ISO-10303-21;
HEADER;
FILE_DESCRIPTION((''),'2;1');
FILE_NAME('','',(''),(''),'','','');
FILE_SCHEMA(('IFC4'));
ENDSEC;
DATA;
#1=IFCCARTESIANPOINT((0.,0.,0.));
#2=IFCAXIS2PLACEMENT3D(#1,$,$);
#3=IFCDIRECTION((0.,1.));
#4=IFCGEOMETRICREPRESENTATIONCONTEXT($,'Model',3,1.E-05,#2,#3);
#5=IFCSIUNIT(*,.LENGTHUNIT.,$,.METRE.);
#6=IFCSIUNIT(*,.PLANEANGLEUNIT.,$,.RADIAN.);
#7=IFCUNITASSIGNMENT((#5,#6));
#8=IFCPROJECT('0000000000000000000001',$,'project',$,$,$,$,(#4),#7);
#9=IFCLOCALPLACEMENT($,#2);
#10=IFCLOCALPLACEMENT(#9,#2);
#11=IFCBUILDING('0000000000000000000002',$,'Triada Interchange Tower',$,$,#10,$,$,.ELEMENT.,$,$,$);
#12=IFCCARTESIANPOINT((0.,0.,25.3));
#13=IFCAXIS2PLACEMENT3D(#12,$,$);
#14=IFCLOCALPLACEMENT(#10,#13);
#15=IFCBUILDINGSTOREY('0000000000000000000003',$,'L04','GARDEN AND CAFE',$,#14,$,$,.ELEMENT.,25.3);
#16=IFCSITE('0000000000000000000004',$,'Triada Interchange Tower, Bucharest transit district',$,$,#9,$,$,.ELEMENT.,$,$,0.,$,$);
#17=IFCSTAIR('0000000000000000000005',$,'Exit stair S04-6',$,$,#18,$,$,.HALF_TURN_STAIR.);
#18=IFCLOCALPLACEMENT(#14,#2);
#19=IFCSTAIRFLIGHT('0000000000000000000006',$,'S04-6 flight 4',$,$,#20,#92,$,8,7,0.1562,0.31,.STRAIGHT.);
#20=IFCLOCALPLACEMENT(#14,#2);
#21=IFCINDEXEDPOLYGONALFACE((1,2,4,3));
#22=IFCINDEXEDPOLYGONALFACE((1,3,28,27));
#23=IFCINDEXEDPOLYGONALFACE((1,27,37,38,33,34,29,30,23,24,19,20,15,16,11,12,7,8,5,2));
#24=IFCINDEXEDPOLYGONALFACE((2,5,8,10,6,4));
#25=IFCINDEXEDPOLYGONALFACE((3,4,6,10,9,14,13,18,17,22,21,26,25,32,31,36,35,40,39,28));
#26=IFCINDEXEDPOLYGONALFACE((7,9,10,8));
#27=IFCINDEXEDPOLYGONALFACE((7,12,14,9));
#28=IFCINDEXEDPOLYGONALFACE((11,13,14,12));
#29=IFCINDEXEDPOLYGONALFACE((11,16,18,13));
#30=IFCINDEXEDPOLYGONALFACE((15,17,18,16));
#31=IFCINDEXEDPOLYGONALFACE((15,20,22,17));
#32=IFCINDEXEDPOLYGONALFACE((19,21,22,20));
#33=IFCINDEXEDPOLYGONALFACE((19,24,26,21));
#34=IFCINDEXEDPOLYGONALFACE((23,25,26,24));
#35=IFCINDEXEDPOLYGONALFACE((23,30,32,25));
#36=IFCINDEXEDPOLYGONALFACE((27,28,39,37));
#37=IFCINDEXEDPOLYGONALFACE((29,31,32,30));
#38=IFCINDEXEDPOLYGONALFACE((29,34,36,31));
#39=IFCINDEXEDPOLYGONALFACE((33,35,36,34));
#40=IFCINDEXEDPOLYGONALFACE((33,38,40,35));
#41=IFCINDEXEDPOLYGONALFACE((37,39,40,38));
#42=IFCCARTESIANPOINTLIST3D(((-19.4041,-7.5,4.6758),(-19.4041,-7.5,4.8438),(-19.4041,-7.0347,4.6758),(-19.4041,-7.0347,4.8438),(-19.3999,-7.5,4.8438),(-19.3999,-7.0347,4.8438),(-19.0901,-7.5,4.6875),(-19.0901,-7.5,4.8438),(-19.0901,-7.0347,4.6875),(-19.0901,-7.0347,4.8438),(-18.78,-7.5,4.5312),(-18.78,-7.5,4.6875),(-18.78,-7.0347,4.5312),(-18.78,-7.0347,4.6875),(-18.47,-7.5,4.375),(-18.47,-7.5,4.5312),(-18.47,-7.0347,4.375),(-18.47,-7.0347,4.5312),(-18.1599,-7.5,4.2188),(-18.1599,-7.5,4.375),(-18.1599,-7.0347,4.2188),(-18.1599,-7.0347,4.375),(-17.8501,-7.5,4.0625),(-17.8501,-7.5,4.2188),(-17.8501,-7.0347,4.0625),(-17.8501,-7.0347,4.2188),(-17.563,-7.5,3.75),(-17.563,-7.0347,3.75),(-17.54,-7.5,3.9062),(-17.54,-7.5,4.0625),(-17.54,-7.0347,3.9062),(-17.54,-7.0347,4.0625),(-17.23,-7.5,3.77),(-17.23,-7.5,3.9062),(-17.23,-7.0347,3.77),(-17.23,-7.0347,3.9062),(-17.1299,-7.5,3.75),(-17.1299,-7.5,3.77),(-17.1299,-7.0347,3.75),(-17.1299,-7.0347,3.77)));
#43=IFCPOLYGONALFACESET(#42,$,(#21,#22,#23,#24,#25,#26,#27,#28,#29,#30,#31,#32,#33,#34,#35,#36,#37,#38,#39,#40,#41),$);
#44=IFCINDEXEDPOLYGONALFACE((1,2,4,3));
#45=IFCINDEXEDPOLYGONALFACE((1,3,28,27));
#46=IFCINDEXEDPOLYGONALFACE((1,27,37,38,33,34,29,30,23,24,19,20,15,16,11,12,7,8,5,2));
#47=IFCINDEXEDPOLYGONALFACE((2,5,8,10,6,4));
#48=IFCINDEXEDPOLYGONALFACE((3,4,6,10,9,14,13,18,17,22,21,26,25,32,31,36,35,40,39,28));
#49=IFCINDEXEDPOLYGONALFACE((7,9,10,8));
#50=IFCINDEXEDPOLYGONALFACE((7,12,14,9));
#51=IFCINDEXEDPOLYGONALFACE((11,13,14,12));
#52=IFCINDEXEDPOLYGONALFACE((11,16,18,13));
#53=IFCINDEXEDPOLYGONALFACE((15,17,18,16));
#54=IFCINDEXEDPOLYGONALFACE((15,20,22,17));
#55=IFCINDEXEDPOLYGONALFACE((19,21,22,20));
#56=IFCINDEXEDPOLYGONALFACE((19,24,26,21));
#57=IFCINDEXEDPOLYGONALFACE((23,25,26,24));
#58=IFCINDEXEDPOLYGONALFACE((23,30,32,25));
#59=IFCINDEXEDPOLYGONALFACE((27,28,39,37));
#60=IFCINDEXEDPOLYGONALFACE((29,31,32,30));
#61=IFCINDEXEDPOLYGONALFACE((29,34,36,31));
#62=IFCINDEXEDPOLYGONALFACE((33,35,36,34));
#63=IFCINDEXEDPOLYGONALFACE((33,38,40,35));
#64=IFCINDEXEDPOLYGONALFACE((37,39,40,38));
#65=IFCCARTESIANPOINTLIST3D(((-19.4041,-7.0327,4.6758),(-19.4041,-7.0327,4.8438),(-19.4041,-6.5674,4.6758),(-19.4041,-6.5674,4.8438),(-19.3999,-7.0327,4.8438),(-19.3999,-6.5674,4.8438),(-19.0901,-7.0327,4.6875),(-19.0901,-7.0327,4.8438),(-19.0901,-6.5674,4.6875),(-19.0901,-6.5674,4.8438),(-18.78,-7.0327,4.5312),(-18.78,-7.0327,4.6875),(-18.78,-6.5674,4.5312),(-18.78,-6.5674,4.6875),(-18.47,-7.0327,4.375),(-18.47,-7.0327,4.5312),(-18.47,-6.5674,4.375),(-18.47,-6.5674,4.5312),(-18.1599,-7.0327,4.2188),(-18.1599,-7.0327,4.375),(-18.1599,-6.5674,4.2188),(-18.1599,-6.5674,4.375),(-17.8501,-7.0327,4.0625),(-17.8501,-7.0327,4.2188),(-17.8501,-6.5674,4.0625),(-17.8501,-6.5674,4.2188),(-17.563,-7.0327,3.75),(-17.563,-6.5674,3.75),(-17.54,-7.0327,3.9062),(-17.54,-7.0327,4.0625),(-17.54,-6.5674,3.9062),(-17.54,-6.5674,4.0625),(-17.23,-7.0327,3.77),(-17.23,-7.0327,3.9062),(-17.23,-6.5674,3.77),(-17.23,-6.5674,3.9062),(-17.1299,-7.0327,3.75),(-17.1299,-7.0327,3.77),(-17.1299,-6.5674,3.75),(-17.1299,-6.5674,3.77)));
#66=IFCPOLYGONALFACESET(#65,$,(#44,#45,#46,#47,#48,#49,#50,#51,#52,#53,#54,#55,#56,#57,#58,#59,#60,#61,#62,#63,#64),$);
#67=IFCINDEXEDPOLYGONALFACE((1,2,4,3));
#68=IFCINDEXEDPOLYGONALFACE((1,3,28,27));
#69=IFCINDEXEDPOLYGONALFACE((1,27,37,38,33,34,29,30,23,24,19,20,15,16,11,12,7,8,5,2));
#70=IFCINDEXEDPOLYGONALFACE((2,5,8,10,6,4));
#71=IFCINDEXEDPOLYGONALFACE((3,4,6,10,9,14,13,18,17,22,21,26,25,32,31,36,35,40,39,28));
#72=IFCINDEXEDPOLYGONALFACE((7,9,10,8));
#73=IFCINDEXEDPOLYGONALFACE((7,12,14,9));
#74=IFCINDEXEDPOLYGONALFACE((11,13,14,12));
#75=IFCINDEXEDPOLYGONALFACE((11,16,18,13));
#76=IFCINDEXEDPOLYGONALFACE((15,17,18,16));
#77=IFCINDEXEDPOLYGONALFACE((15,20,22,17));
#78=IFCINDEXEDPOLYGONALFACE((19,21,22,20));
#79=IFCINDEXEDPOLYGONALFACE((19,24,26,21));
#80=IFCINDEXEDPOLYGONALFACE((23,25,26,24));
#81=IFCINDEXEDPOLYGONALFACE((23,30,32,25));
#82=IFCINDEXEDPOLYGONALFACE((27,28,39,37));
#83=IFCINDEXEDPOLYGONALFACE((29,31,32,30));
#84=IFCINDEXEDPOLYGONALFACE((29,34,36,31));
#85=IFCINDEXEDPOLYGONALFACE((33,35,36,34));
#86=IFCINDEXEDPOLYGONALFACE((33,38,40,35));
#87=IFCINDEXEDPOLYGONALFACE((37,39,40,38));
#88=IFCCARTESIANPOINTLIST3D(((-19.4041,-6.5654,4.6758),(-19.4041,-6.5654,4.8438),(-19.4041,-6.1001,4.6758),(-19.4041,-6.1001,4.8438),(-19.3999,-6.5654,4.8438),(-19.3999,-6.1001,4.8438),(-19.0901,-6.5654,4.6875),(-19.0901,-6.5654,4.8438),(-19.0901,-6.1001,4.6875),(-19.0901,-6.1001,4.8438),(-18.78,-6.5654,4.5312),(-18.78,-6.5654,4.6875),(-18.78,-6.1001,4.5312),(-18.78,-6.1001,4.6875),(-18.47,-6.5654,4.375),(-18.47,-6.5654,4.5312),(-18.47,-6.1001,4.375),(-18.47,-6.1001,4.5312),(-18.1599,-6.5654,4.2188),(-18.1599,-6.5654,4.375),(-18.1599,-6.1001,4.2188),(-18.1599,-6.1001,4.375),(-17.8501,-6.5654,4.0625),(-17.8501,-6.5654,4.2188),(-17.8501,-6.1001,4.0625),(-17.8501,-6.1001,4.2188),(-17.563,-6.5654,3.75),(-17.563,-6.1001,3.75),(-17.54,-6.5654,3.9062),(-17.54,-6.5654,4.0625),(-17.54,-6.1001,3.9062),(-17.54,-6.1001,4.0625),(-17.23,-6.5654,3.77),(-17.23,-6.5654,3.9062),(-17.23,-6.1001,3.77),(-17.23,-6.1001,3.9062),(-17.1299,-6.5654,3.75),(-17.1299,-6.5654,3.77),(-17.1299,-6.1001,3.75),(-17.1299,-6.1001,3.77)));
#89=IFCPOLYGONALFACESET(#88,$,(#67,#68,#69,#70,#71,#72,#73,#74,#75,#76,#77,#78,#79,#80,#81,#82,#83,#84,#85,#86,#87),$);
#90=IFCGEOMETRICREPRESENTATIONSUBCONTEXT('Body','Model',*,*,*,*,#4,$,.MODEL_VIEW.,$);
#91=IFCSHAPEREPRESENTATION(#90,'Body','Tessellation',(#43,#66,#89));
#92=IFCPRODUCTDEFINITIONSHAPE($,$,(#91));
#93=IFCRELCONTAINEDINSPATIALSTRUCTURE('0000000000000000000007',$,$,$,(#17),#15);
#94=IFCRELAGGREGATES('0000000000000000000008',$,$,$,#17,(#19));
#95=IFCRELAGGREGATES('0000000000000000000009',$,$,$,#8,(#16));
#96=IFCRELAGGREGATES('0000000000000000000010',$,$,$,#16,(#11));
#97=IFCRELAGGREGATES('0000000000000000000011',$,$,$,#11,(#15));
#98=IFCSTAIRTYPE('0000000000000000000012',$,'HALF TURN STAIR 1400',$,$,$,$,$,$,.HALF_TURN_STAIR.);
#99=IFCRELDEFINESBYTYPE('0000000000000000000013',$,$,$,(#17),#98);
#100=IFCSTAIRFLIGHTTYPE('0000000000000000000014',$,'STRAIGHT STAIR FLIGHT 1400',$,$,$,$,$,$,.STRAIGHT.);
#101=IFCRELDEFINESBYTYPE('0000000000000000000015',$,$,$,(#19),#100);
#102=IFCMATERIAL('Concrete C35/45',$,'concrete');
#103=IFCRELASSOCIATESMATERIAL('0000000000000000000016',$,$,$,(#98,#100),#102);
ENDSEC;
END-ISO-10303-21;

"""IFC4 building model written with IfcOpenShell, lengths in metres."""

from ifc_helpers import new_model, si_unit, direction, frame, origin, place, context, subcontext, project, spatial, polyline, outline, extrude, material, type_object, element, aggregate, save


model = new_model("IFC4")

# Units and contexts
model_context = context("Model", 3, precision=1e-05, world=origin(), true_north=direction((0.0, 1.0)))
body_context = subcontext(model_context, "Body", "Model", "MODEL_VIEW")
ifc_project = project(units=[si_unit("LENGTHUNIT", "METRE"), si_unit("PLANEANGLEUNIT", "RADIAN")], contexts=[model_context])

# Site, building, storey
site_placement = place(None, origin())
site = spatial("IfcSite", under=ifc_project, at=site_placement, Name="Triada Interchange Tower, Bucharest transit district", CompositionType="ELEMENT", RefElevation=0.0)
building_placement = place(site_placement, origin())
building = spatial("IfcBuilding", under=site, at=building_placement, Name="Triada Interchange Tower", CompositionType="ELEMENT")
storey_placement = place(building_placement, frame((0.0, 0.0, 25.3)))
storey = spatial("IfcBuildingStorey", under=building, at=storey_placement, Name="L04", Description="GARDEN AND CAFE", CompositionType="ELEMENT", Elevation=25.3)

# Stair, stair flight
ifc_material_1 = material(Name="Concrete C35/45", Category="concrete")
stair_type = type_object("IfcStairType", Name="HALF TURN STAIR 1400", PredefinedType="HALF_TURN_STAIR", material=ifc_material_1)
stair_placement = place(storey_placement, origin())
stair = element("IfcStair", 1, at=stair_placement, inside=storey, type_object=stair_type, Name="Exit stair S04-6", PredefinedType="HALF_TURN_STAIR")
stair_flight_type = type_object("IfcStairFlightType", Name="STRAIGHT STAIR FLIGHT 1400", PredefinedType="STRAIGHT", material=ifc_material_1)
stair_flight_1_placement = place(storey_placement, frame((-17.23, -6.8, 3.75), z_axis=(0.0, 0.0, 1.0), x_axis=(-1.0, 0.0, 0.0)))
stair_flight_1 = element("IfcStairFlight", 2, at=stair_flight_1_placement, type_object=stair_flight_type, Name="S04-6 flight 4", NumberOfRisers=8, NumberOfTreads=7, PredefinedType="STRAIGHT", RiserHeight=0.1562, TreadLength=0.31, context=body_context, shape_type="SweptSolid", body=[
    extrude(outline(polyline([(-0.1001, 0.0), (-0.1001, 0.02), (0.0, 0.02), (0.0, 0.1562), (0.3101, 0.1562), (0.3101, 0.3125), (0.6201, 0.3125), (0.6201, 0.4688), (0.9299, 0.4688), (0.9299, 0.625), (1.24, 0.625), (1.24, 0.7812), (1.55, 0.7812), (1.55, 0.9375), (1.8601, 0.9375), (1.8601, 1.0938), (2.1699, 1.0938), (2.1741, 1.0938), (2.1741, 1.25), (2.1741, 0.9258), (0.333, 0.0), (-0.1001, 0.0)])), frame((0.0, 0.7, 0.0), z_axis=(0.0, -1.0, 0.0), x_axis=(1.0, 0.0, 0.0)), (0.0, 0.0, 1.0), 0.4653),
    extrude(outline(polyline([(-0.1001, 0.0), (-0.1001, 0.02), (0.0, 0.02), (0.0, 0.1562), (0.3101, 0.1562), (0.3101, 0.3125), (0.6201, 0.3125), (0.6201, 0.4688), (0.9299, 0.4688), (0.9299, 0.625), (1.24, 0.625), (1.24, 0.7812), (1.55, 0.7812), (1.55, 0.9375), (1.8601, 0.9375), (1.8601, 1.0938), (2.1699, 1.0938), (2.1741, 1.0938), (2.1741, 1.25), (2.1741, 0.9258), (0.333, 0.0), (-0.1001, 0.0)])), frame((0.0, 0.2327, 0.0), z_axis=(0.0, -1.0, 0.0), x_axis=(1.0, 0.0, 0.0)), (0.0, 0.0, 1.0), 0.4653),
    extrude(outline(polyline([(-0.1001, 0.0), (-0.1001, 0.02), (0.0, 0.02), (0.0, 0.1562), (0.3101, 0.1562), (0.3101, 0.3125), (0.6201, 0.3125), (0.6201, 0.4688), (0.9299, 0.4688), (0.9299, 0.625), (1.24, 0.625), (1.24, 0.7812), (1.55, 0.7812), (1.55, 0.9375), (1.8601, 0.9375), (1.8601, 1.0938), (2.1699, 1.0938), (2.1741, 1.0938), (2.1741, 1.25), (2.1741, 0.9258), (0.333, 0.0), (-0.1001, 0.0)])), frame((0.0, -0.2346, 0.0), z_axis=(0.0, -1.0, 0.0), x_axis=(1.0, 0.0, 0.0)), (0.0, 0.0, 1.0), 0.4653),
])
aggregate(stair, [stair_flight_1])

save(model, "model.ifc")
